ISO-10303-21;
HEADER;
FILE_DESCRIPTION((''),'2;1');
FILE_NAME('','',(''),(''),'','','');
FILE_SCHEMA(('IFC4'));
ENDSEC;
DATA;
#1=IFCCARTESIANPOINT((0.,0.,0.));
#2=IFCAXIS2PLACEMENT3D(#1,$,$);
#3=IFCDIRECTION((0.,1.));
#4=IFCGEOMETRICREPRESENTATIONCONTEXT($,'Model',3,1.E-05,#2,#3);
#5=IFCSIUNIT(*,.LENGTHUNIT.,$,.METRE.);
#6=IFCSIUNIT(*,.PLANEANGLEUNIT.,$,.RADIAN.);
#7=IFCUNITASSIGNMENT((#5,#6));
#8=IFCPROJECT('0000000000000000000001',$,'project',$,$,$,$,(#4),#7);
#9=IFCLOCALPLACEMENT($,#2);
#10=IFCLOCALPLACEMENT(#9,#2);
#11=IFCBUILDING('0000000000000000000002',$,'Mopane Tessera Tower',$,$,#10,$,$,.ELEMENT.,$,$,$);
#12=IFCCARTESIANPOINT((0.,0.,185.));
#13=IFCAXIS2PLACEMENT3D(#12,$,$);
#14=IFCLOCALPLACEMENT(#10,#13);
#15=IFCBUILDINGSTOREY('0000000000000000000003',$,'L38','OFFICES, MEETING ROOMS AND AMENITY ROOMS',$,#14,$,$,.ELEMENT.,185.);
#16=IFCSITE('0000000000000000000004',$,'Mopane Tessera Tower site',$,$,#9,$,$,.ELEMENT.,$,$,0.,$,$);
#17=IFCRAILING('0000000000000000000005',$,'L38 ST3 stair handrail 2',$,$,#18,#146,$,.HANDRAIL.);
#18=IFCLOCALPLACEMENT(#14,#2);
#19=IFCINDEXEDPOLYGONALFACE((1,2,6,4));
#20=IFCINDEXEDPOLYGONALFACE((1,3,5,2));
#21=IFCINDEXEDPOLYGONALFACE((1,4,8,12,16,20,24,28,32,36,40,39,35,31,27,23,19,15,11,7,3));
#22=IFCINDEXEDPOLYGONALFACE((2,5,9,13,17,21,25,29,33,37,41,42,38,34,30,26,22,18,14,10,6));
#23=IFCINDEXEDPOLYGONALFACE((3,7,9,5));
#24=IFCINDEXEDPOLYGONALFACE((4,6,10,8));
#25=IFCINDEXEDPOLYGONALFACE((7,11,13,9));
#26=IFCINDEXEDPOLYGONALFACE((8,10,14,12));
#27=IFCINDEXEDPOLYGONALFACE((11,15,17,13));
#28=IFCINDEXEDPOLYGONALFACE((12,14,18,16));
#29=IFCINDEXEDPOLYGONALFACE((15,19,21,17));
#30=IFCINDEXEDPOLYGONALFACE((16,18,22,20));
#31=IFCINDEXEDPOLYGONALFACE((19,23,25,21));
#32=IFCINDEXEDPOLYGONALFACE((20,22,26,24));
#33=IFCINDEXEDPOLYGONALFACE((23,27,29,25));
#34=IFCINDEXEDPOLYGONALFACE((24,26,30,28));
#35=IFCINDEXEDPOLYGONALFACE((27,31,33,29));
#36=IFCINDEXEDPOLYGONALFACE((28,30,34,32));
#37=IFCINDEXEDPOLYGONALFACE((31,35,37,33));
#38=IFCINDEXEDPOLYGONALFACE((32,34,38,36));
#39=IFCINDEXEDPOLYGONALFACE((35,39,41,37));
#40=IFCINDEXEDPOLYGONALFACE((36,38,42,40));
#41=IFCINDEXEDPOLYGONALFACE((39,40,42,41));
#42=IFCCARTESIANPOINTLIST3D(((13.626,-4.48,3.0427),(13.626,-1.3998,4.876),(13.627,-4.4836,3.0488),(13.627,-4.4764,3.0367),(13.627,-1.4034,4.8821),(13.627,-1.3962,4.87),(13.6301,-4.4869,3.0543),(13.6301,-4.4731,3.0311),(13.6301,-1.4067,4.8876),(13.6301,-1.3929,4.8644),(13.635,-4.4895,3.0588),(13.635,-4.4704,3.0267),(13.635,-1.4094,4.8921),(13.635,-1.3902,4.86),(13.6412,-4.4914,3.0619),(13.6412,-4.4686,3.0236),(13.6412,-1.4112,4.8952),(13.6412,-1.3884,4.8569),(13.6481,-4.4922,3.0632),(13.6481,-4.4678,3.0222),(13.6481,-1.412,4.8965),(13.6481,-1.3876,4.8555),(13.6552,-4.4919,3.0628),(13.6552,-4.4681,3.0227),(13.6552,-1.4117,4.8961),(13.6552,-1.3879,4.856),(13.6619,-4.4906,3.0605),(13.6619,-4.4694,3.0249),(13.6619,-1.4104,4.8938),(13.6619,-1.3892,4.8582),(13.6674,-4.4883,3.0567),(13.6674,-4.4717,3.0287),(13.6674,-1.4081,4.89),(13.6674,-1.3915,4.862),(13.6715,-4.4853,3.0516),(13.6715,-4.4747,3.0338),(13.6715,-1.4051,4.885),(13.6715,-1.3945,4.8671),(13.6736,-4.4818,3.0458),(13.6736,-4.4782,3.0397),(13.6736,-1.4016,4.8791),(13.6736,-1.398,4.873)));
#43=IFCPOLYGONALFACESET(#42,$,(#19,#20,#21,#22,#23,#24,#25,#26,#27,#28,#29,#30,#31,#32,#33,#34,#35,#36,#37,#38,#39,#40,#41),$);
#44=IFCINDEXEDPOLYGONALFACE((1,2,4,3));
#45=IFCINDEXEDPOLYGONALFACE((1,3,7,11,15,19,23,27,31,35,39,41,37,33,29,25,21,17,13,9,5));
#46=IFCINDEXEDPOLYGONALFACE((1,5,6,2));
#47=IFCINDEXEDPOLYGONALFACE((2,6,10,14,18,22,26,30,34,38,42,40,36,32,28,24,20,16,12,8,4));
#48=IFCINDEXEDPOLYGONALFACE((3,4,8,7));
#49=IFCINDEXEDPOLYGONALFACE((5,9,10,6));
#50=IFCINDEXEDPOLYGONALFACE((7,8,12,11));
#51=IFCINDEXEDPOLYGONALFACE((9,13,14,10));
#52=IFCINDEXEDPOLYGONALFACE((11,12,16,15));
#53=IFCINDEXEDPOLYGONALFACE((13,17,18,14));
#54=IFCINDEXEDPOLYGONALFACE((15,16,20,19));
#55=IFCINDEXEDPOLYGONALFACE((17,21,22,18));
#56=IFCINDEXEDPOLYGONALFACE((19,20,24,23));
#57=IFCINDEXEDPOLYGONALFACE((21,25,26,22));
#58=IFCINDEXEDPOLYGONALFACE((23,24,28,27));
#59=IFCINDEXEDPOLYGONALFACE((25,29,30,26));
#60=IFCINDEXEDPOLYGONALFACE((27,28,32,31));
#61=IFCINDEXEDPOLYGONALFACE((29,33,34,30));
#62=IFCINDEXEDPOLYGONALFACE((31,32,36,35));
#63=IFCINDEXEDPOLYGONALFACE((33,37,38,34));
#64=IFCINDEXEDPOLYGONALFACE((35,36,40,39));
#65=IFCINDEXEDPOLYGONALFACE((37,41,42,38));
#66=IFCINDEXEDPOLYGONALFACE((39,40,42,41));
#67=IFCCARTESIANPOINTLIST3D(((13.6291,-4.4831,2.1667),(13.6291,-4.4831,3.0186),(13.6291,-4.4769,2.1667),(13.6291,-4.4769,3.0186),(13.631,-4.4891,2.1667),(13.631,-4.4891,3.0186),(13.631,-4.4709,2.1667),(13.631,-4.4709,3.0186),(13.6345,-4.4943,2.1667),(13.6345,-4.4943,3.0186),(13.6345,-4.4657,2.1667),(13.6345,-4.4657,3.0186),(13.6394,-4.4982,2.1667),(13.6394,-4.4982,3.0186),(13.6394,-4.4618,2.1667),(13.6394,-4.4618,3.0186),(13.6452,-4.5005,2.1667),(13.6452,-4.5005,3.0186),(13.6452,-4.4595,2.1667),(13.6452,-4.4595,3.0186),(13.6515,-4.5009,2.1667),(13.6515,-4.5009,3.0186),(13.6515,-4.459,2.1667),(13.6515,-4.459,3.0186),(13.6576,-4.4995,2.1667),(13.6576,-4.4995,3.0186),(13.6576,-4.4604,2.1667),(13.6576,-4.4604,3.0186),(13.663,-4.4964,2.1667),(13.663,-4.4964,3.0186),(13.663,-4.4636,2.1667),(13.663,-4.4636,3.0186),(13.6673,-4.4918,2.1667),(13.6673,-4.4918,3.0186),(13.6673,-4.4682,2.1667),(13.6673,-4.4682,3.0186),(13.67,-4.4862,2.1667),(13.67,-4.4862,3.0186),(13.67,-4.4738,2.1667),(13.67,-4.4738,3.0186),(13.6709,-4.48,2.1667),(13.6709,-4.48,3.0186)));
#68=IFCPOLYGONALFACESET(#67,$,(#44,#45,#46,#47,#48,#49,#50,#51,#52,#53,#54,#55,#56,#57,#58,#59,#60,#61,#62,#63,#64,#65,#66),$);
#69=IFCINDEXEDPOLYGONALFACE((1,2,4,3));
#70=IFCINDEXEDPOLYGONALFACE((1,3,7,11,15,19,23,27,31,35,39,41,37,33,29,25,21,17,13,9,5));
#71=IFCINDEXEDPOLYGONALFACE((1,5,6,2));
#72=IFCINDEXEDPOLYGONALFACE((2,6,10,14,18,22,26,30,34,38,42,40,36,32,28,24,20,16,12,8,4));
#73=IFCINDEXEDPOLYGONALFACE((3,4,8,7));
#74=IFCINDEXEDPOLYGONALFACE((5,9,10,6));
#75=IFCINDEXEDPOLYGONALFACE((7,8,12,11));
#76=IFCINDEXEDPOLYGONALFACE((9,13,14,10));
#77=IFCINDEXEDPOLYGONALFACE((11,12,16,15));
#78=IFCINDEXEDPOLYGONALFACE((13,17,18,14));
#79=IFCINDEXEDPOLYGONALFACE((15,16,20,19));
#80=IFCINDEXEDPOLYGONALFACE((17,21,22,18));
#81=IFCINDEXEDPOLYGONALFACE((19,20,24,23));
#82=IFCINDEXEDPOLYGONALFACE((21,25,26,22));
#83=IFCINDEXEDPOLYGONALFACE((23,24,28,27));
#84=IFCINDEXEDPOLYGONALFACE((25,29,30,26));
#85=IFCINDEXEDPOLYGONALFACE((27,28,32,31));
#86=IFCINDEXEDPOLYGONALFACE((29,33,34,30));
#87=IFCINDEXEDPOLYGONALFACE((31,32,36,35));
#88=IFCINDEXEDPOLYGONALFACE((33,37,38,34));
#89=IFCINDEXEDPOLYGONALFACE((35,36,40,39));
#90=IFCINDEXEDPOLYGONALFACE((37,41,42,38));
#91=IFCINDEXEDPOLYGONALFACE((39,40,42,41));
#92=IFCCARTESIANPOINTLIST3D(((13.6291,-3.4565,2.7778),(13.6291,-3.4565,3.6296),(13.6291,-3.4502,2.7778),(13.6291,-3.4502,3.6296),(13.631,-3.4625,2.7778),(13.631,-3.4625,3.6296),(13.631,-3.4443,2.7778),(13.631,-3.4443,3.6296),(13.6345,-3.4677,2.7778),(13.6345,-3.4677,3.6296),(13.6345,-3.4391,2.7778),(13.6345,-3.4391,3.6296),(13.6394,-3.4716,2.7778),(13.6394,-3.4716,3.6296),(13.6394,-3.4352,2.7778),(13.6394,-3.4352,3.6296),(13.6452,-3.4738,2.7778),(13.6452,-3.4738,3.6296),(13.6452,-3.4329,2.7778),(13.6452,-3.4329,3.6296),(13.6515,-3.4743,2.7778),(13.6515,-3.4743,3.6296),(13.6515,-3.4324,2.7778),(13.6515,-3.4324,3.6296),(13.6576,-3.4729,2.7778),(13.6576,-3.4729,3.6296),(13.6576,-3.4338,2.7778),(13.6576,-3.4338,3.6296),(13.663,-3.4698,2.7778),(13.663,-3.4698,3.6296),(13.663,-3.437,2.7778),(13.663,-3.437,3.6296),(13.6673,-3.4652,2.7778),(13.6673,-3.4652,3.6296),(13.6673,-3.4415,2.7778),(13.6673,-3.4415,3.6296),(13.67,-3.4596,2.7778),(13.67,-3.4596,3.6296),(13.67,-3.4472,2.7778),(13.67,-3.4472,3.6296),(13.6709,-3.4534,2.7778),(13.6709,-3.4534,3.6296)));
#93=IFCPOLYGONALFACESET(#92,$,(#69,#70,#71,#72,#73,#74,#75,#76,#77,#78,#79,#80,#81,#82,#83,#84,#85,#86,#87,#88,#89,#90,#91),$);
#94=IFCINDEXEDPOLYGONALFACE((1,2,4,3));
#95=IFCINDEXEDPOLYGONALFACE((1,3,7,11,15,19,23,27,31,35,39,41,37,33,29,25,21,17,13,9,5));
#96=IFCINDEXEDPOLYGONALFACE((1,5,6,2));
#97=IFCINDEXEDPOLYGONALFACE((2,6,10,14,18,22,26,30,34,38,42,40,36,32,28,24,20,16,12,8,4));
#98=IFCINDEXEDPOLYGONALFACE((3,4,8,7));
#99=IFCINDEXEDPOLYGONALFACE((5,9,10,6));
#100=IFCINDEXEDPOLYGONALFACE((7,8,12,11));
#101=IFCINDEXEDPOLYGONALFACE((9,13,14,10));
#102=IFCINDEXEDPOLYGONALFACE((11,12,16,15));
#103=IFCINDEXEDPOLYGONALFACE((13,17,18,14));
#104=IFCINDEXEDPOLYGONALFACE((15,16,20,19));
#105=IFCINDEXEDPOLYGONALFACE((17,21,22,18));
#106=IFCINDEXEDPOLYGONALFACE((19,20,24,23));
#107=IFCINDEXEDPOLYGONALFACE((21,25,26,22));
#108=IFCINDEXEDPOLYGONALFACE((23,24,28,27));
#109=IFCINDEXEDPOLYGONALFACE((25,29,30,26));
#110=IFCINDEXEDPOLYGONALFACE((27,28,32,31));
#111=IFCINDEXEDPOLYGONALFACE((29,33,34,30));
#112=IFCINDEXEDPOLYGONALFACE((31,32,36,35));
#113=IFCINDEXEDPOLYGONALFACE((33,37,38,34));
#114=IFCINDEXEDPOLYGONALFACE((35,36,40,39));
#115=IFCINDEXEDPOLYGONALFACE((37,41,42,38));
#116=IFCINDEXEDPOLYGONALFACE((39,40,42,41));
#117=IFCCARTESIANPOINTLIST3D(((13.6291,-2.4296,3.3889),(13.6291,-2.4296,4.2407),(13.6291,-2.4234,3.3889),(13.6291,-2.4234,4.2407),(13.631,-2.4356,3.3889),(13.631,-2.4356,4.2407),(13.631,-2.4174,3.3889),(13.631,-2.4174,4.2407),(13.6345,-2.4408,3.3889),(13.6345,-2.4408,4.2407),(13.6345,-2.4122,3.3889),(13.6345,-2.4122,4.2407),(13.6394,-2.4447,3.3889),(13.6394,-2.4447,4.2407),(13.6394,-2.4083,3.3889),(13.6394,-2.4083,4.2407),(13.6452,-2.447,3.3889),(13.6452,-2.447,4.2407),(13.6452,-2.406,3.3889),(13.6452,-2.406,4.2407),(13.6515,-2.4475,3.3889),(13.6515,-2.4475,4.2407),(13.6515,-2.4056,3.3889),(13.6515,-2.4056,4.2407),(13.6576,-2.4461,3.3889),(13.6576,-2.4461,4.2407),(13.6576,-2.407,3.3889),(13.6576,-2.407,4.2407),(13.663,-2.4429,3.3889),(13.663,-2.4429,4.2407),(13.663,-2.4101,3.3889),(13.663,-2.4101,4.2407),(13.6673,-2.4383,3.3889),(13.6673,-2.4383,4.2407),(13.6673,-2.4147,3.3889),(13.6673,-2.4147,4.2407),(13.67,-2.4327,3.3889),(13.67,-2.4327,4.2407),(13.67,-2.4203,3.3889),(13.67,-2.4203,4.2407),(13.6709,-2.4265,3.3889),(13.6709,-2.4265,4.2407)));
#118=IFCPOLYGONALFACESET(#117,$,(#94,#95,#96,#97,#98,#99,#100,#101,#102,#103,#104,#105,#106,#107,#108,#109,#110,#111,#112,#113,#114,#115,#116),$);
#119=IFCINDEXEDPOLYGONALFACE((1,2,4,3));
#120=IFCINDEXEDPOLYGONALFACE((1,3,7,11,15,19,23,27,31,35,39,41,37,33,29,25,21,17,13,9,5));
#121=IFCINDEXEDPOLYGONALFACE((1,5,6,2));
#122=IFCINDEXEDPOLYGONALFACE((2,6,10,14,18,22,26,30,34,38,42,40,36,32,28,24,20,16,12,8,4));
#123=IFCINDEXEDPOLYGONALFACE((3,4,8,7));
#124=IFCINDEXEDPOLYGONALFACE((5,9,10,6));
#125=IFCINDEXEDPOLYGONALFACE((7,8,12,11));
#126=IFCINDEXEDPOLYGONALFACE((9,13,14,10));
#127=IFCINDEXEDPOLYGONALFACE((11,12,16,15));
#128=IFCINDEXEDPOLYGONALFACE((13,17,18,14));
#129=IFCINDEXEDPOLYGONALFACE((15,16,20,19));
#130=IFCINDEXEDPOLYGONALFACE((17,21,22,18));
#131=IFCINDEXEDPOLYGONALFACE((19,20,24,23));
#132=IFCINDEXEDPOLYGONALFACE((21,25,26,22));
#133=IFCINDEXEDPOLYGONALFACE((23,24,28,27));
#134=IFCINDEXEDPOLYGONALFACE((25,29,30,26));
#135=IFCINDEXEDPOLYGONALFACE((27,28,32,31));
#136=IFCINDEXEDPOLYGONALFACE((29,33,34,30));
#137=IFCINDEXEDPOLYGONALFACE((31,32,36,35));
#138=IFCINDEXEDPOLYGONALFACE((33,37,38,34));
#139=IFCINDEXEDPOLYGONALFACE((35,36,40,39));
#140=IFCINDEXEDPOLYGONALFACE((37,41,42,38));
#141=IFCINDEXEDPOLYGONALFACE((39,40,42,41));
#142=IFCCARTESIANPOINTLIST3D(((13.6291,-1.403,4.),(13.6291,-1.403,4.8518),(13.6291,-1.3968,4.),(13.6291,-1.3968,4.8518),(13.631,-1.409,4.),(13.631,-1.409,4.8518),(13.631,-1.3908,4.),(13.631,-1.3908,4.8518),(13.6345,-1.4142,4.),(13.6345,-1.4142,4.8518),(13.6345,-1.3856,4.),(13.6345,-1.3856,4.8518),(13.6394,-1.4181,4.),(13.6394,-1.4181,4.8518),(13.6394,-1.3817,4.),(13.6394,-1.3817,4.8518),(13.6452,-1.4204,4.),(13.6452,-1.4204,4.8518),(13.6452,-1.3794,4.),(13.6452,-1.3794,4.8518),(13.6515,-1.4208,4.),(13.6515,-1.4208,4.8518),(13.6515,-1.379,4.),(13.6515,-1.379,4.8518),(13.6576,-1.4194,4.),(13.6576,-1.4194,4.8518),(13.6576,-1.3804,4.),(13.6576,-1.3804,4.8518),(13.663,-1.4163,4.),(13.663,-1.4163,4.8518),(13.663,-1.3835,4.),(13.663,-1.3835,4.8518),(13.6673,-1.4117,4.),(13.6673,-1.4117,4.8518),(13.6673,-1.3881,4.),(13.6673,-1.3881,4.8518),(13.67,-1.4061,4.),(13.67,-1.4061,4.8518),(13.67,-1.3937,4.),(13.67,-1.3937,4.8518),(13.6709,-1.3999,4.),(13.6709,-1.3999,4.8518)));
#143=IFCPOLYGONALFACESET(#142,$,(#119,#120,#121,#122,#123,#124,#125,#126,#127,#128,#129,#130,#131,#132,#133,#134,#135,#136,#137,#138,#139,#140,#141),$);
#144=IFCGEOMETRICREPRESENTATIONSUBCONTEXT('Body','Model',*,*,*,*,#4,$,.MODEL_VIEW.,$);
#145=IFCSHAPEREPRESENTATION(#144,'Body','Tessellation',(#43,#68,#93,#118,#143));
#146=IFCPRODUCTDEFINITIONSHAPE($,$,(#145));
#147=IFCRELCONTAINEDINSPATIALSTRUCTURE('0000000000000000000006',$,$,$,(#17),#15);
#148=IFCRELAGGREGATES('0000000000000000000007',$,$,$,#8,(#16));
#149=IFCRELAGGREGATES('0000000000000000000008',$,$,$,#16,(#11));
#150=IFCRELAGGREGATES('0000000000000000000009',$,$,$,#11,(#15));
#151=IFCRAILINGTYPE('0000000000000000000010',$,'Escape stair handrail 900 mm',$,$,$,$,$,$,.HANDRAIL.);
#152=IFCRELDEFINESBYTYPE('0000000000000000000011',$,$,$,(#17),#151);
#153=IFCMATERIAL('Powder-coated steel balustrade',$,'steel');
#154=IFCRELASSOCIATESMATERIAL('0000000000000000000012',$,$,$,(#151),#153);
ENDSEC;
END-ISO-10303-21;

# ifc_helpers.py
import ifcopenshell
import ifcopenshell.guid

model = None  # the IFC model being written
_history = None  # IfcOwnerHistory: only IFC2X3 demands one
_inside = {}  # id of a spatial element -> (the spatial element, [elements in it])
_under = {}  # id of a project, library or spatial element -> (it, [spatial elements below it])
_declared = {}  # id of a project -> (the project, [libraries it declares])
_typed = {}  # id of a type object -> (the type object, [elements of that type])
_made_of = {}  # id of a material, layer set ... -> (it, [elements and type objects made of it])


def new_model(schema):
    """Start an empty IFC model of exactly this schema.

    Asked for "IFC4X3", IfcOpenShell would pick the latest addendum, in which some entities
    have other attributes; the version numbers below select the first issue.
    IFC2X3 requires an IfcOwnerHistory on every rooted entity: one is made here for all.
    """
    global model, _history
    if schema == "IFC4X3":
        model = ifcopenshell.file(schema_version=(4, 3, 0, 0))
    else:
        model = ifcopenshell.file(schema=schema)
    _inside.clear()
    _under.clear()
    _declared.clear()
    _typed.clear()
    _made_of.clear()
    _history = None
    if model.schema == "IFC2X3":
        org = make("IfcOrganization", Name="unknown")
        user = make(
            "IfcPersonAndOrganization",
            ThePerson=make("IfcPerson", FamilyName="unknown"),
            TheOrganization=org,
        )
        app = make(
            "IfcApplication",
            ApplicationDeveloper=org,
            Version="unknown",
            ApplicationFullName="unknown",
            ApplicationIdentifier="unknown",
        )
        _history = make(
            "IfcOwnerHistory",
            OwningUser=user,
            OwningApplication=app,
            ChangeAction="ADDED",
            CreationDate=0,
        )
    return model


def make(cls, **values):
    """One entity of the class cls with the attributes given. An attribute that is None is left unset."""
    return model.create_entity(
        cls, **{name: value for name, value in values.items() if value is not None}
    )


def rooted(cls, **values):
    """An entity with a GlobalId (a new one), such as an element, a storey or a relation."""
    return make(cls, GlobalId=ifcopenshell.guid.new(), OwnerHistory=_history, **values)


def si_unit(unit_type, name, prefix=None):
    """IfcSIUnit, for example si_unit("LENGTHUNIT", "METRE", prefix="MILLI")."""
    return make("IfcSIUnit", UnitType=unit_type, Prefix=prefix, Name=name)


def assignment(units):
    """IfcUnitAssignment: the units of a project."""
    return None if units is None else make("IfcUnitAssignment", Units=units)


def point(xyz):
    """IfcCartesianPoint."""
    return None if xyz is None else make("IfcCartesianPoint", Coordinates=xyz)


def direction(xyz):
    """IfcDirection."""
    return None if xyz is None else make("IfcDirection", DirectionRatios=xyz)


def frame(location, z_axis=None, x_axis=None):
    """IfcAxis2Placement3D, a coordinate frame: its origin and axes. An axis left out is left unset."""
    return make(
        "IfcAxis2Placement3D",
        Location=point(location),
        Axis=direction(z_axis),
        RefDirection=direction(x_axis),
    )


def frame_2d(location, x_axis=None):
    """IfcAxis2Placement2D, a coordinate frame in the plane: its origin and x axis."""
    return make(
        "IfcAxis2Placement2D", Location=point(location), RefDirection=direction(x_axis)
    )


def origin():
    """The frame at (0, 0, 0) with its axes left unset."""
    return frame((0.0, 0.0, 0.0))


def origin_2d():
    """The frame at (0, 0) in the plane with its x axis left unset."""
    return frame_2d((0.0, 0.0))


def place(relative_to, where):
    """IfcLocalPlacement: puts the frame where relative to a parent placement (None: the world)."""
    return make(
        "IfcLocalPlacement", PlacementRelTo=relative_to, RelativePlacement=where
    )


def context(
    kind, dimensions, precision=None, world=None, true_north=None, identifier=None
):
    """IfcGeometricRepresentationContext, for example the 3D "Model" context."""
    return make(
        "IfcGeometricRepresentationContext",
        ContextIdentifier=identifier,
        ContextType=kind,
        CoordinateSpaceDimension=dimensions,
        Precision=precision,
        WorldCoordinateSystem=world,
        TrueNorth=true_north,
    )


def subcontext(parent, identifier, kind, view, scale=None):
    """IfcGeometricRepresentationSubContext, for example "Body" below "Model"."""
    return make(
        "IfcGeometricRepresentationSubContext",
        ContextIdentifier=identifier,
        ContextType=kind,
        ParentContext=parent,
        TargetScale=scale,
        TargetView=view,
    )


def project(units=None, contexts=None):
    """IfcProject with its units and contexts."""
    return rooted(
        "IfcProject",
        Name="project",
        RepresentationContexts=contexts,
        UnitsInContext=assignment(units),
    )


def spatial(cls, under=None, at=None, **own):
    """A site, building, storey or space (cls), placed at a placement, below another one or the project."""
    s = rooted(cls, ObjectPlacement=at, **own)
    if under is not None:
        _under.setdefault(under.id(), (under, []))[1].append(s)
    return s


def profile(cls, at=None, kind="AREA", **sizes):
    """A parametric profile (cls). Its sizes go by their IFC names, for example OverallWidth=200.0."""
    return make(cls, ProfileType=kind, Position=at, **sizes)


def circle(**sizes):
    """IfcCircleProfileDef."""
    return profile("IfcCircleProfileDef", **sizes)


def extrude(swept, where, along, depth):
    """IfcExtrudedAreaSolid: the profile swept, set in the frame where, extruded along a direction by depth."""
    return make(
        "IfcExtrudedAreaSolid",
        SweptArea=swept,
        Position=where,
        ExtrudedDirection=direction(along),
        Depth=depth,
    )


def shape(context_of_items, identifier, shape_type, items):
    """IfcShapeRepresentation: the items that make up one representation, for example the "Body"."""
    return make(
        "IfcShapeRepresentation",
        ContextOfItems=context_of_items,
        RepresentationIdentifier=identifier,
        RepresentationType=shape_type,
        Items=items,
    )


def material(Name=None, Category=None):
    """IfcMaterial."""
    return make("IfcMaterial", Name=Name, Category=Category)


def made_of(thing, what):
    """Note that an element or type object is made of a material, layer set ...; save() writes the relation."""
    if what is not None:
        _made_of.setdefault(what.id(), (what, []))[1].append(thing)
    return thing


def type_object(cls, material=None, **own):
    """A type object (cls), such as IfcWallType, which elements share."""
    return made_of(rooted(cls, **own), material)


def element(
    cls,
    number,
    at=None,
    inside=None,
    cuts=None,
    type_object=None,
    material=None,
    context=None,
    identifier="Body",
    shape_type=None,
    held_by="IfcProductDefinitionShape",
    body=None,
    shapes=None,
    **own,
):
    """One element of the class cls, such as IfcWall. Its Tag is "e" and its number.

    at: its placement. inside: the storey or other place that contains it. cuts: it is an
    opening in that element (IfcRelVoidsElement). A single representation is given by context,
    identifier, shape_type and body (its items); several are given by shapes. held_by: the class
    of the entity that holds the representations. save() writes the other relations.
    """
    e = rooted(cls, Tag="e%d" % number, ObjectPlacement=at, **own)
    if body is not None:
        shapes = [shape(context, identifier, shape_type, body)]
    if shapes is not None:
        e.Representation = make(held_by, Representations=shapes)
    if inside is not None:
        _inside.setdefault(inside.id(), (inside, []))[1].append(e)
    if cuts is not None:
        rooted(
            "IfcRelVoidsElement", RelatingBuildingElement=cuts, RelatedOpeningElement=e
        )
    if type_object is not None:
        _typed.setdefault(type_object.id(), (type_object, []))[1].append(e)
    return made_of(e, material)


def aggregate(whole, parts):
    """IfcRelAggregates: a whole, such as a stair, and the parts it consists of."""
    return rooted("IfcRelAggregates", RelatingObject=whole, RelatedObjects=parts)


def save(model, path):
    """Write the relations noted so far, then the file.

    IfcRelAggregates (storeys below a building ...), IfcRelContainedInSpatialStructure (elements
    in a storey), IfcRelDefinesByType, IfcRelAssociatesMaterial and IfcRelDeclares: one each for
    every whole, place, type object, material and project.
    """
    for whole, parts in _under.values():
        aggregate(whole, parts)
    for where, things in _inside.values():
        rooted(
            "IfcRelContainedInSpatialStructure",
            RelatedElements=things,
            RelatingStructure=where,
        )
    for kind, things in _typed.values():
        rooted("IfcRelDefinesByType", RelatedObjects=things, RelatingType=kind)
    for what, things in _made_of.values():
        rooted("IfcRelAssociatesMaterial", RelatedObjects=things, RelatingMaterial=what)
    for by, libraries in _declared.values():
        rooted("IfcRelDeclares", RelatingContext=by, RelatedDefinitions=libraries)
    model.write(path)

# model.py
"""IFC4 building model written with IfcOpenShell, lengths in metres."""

from ifc_helpers import new_model, si_unit, direction, frame, origin, origin_2d, place, context, subcontext, project, spatial, circle, extrude, material, type_object, element, save


model = new_model("IFC4")

# Units and contexts
model_context = context("Model", 3, precision=1e-05, world=origin(), true_north=direction((0.0, 1.0)))
body_context = subcontext(model_context, "Body", "Model", "MODEL_VIEW")
ifc_project = project(units=[si_unit("LENGTHUNIT", "METRE"), si_unit("PLANEANGLEUNIT", "RADIAN")], contexts=[model_context])

# Site, building, storey
site_placement = place(None, origin())
site = spatial("IfcSite", under=ifc_project, at=site_placement, Name="Mopane Tessera Tower site", CompositionType="ELEMENT", RefElevation=0.0)
building_placement = place(site_placement, origin())
building = spatial("IfcBuilding", under=site, at=building_placement, Name="Mopane Tessera Tower", CompositionType="ELEMENT")
storey_placement = place(building_placement, frame((0.0, 0.0, 185.0)))
storey = spatial("IfcBuildingStorey", under=building, at=storey_placement, Name="L38", Description="OFFICES, MEETING ROOMS AND AMENITY ROOMS", CompositionType="ELEMENT", Elevation=185.0)

# Railing
ifc_material_1 = material(Name="Powder-coated steel balustrade", Category="steel")
railing_type_1 = type_object("IfcRailingType", Name="Escape stair handrail 900 mm", PredefinedType="HANDRAIL", material=ifc_material_1)
railing_1_placement = place(storey_placement, frame((13.6499, -4.48, 2.1667)))
element("IfcRailing", 1, at=railing_1_placement, inside=storey, type_object=railing_type_1, Name="L38 ST3 stair handrail 2", PredefinedType="HANDRAIL", context=body_context, shape_type="SweptSolid", body=[
    extrude(circle(Radius=0.0239, at=origin_2d()), frame((0.0, 0.0, 0.876), z_axis=(0.0, 0.859309, 0.511458), x_axis=(-1.0, 0.0, 0.0)), (0.0, 0.0, 1.0), 3.5845),
    extrude(circle(Radius=0.021, at=origin_2d()), origin(), (0.0, 0.0, 1.0), 0.8518),
    extrude(circle(Radius=0.021, at=origin_2d()), frame((0.0, 1.0266, 0.6111)), (0.0, 0.0, 1.0), 0.8518),
    extrude(circle(Radius=0.021, at=origin_2d()), frame((0.0, 2.0535, 1.2222)), (0.0, 0.0, 1.0), 0.8518),
    extrude(circle(Radius=0.021, at=origin_2d()), frame((0.0, 3.0801, 1.8333)), (0.0, 0.0, 1.0), 0.8518),
])

save(model, "model.ifc")
